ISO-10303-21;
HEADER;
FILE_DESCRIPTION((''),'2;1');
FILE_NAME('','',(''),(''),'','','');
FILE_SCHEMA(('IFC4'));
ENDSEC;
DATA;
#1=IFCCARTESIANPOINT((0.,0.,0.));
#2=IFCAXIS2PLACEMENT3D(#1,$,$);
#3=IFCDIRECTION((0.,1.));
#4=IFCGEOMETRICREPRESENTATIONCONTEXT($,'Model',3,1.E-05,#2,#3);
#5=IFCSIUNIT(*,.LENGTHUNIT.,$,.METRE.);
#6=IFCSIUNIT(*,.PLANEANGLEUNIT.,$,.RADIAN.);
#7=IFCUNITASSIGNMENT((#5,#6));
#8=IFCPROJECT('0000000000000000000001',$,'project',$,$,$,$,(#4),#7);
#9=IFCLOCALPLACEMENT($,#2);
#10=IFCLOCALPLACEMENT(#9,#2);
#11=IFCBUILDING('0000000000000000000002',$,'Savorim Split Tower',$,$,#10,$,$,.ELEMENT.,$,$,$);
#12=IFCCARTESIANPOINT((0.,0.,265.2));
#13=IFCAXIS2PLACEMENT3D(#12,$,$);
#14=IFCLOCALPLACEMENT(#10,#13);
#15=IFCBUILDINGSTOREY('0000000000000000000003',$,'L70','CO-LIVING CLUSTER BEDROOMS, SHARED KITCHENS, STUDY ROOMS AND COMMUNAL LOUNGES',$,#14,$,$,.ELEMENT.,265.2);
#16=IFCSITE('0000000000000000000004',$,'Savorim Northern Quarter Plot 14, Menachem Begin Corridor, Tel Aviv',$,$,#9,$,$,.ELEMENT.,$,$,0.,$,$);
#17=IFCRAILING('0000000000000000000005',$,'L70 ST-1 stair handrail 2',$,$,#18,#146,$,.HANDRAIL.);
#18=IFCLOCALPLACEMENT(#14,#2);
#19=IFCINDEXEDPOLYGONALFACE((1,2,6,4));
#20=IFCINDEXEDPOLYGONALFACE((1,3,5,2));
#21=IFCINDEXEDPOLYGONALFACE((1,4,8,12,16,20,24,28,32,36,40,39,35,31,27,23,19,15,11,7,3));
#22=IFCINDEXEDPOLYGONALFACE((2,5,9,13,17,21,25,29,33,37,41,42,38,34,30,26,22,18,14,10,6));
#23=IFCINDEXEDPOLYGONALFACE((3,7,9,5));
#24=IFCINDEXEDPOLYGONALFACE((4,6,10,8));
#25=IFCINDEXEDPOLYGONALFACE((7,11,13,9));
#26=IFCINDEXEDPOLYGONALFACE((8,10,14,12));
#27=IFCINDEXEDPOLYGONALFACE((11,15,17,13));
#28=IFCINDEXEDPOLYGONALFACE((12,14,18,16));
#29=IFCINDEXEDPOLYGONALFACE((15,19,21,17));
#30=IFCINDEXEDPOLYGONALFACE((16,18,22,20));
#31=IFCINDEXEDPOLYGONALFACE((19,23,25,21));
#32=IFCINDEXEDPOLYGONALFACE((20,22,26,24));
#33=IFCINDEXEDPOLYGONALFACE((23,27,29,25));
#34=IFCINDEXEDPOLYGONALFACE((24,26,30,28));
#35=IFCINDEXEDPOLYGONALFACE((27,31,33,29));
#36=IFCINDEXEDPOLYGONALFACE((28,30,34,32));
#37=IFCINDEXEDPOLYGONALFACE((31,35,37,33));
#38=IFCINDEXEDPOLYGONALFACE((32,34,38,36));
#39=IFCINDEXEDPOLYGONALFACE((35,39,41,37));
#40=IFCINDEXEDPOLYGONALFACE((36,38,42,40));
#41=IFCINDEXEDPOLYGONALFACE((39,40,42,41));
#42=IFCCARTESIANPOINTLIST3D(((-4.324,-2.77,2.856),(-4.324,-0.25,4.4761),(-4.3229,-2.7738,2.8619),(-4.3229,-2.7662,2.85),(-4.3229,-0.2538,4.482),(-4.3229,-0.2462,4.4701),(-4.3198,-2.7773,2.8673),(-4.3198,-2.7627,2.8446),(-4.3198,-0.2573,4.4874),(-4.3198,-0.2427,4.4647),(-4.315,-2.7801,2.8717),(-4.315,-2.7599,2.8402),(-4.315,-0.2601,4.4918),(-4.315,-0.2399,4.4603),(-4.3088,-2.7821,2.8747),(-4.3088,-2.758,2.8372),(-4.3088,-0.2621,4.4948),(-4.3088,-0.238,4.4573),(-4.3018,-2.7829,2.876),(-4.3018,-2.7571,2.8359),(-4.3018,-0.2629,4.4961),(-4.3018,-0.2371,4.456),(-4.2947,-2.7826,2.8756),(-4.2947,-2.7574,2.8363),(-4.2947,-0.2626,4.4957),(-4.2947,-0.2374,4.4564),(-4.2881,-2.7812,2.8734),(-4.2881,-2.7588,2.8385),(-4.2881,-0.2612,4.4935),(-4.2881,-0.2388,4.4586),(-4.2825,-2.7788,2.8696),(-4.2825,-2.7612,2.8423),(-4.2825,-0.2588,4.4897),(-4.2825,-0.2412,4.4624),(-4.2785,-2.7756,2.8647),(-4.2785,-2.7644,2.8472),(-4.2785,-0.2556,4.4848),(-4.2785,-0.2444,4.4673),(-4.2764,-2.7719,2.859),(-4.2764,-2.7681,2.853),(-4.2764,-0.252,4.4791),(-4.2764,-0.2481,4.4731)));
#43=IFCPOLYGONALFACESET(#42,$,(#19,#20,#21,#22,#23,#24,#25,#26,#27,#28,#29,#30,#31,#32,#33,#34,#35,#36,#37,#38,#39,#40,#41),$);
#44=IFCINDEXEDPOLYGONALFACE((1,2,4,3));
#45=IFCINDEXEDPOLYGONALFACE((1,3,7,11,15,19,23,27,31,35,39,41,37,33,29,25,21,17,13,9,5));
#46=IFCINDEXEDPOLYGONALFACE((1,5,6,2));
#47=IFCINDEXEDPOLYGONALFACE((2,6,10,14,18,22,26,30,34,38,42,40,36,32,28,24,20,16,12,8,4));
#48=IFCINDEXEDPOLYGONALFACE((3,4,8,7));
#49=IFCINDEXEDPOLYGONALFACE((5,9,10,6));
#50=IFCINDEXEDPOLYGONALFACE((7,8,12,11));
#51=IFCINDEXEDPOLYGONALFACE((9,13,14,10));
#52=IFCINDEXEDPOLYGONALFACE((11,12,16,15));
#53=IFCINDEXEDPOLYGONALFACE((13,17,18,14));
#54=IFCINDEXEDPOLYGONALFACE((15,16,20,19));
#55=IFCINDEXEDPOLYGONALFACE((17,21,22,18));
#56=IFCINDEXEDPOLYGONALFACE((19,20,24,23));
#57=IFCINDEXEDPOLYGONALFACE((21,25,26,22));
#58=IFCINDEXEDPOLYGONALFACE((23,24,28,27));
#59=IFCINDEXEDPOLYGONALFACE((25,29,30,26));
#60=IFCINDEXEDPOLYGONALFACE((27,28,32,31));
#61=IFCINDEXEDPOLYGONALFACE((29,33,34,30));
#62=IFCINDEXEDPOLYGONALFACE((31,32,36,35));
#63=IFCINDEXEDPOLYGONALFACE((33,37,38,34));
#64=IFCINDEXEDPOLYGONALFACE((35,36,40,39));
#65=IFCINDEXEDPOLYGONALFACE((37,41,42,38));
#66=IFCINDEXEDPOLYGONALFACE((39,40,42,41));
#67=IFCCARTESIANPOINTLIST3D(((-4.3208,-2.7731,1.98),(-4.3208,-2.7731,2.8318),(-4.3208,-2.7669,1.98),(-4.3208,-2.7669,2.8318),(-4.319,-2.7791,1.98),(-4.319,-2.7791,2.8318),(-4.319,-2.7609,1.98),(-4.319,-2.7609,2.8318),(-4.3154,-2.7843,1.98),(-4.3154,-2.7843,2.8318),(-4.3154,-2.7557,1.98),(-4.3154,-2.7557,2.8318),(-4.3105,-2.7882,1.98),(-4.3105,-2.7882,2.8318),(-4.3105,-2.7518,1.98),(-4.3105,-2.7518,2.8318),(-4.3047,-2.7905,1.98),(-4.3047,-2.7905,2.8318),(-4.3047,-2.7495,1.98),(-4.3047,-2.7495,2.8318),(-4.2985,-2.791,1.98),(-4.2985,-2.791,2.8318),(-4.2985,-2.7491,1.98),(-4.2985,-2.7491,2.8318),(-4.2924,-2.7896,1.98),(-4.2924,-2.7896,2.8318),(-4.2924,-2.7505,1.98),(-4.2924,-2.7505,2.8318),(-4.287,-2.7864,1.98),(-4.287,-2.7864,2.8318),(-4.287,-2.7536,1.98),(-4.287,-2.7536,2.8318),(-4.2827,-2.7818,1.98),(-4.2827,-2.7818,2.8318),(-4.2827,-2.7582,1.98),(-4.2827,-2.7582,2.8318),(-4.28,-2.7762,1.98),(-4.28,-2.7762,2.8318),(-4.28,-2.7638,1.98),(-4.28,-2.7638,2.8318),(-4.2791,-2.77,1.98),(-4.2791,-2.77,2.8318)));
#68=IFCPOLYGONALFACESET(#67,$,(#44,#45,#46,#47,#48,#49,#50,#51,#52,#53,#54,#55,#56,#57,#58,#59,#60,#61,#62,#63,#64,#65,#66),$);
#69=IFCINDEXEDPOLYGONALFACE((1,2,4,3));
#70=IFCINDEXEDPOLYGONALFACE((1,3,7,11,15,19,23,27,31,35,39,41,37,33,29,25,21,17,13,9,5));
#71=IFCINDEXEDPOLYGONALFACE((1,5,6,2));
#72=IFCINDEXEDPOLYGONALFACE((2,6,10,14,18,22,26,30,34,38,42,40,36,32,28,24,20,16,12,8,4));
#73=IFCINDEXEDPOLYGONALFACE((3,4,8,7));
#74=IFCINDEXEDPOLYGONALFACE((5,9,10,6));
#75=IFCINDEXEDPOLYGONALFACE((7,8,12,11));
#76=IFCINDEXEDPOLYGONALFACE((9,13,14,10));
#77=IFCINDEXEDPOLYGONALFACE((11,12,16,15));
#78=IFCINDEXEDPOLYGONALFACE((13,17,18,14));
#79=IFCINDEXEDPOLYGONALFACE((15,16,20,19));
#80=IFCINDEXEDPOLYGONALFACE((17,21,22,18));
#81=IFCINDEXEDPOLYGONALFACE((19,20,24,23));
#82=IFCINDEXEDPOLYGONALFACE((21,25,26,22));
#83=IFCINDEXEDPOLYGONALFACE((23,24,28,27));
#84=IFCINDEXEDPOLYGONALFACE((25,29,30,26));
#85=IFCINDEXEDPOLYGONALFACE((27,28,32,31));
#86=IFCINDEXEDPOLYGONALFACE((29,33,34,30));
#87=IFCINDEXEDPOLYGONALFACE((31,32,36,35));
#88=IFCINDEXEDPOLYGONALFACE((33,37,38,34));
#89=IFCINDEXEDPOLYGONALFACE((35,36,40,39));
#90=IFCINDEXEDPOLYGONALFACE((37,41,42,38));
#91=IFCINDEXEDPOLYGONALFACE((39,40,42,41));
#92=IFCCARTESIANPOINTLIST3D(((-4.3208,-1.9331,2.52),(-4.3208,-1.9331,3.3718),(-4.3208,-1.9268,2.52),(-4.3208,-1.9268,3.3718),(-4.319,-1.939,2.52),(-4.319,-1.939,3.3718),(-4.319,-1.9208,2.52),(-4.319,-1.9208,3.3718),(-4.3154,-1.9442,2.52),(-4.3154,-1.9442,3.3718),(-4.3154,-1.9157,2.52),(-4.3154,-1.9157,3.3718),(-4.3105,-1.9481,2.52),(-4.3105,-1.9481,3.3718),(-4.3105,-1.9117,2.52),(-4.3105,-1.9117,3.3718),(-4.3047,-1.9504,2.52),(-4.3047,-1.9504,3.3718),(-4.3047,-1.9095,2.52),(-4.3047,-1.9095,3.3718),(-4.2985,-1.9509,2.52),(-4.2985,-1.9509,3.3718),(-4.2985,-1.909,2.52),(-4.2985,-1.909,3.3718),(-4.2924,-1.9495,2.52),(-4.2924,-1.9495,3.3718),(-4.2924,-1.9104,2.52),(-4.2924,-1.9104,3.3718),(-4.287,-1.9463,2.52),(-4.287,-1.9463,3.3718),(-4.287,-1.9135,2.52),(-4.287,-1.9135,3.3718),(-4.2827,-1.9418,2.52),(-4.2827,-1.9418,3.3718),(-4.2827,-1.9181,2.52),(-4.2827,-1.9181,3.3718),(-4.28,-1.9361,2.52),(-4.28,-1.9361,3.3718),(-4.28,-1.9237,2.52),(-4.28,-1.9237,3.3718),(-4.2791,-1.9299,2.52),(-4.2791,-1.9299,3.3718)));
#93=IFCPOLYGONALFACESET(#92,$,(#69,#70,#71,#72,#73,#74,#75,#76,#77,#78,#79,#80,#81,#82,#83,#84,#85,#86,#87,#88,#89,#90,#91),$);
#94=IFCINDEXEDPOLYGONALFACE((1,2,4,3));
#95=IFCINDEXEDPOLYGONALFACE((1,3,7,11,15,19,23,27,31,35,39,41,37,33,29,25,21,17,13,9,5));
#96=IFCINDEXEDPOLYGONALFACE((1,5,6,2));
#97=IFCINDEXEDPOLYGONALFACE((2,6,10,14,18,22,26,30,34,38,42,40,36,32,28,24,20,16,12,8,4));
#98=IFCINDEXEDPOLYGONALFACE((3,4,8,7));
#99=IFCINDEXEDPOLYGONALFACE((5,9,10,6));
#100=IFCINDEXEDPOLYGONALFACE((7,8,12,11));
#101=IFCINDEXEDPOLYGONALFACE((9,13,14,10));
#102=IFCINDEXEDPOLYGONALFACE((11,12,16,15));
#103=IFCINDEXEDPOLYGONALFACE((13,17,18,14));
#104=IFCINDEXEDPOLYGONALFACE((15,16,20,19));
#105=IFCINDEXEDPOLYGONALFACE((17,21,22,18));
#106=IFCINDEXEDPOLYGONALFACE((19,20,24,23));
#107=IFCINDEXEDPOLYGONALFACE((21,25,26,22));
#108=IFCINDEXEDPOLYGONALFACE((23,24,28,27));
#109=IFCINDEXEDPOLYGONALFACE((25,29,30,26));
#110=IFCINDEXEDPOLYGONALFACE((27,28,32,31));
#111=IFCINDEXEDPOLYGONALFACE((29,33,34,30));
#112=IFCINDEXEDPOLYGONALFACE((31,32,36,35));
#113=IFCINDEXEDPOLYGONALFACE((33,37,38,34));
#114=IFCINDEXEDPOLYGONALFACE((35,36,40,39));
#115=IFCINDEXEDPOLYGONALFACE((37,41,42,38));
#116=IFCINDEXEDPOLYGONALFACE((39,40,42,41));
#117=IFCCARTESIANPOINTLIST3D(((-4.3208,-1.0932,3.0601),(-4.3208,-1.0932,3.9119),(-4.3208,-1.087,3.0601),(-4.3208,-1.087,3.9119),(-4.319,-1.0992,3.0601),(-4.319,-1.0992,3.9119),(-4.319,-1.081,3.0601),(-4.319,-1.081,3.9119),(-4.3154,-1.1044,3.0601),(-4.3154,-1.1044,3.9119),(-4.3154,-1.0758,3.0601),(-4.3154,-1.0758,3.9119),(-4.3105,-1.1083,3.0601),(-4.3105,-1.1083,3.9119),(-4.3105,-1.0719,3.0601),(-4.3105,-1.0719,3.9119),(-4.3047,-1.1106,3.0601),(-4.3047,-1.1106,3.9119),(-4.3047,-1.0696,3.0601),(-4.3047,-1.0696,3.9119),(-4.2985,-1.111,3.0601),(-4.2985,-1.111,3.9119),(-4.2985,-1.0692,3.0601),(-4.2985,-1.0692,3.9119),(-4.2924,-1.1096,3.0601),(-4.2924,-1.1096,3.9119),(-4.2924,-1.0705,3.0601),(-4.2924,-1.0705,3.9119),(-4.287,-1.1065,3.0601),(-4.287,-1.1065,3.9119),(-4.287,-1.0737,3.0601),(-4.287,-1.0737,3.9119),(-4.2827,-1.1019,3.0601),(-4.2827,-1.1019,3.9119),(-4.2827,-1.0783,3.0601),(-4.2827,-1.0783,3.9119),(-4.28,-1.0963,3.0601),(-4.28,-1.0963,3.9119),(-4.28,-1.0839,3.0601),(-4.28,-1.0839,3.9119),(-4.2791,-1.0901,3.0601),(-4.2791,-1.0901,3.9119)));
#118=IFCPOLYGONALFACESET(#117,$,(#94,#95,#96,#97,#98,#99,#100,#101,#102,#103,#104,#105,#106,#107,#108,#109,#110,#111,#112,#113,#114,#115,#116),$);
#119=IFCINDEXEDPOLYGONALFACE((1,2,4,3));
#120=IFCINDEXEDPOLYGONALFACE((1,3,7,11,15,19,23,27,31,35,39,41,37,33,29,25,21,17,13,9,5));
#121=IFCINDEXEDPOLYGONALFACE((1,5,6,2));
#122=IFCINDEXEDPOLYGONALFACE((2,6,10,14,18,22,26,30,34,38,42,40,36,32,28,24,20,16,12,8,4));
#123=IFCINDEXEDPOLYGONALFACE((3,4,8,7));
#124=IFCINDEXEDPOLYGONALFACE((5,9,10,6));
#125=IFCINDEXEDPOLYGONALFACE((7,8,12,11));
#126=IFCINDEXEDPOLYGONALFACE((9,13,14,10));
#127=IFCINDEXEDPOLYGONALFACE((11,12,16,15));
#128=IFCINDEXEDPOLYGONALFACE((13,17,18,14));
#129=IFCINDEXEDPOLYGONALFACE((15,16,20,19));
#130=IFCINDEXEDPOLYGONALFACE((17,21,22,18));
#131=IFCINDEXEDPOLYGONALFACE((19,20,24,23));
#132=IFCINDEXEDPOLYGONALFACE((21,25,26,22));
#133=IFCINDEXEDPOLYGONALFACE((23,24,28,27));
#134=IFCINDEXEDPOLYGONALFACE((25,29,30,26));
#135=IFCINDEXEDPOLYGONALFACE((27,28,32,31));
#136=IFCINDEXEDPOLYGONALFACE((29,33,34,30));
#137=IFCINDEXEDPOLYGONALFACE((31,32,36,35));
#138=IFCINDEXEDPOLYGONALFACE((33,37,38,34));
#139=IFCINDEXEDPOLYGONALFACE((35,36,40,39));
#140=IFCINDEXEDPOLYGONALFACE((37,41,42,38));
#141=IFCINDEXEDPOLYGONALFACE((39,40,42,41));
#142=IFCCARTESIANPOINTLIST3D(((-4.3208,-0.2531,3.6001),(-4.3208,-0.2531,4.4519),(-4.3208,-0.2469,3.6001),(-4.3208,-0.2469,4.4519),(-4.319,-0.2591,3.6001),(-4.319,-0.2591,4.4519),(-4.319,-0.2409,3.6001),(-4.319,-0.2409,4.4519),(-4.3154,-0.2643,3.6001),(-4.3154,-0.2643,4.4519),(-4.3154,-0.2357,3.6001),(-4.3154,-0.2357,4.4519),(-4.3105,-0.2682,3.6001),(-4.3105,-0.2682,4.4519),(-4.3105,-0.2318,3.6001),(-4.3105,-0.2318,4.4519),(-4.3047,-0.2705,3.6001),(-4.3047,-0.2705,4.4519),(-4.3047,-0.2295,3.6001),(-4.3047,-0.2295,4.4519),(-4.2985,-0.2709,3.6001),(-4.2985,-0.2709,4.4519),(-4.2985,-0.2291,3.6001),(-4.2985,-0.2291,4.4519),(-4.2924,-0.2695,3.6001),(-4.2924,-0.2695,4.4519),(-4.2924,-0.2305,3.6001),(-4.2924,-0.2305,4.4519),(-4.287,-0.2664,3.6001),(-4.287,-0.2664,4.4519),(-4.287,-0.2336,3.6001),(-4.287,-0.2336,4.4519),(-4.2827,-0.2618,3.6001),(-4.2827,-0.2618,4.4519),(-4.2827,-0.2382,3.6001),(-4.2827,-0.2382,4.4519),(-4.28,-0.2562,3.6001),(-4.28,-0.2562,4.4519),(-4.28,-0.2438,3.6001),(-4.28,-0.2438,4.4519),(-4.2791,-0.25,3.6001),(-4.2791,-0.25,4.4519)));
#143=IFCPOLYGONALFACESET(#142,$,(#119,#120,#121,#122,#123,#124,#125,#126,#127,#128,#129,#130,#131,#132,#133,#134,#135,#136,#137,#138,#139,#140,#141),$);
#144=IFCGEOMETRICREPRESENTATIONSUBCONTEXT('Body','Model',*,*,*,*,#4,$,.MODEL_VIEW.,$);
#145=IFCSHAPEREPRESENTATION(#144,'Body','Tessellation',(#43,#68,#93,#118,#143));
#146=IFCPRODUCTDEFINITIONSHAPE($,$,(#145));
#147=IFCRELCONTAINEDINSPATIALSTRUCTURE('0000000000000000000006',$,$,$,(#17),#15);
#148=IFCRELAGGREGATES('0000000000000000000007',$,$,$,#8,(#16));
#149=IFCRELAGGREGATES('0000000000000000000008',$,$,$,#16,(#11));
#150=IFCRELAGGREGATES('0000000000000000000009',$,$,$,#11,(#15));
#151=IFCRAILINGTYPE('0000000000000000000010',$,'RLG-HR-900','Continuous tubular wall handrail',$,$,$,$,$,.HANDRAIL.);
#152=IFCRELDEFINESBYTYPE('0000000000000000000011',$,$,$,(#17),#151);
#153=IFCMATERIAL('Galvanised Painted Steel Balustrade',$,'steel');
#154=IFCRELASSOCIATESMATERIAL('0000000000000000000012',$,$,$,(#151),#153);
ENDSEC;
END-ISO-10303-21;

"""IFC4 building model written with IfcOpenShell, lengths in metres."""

from ifc_helpers import new_model, si_unit, direction, frame, origin, origin_2d, place, context, subcontext, project, spatial, circle, extrude, material, type_object, element, save


model = new_model("IFC4")

# Units and contexts
model_context = context("Model", 3, precision=1e-05, world=origin(), true_north=direction((0.0, 1.0)))
body_context = subcontext(model_context, "Body", "Model", "MODEL_VIEW")
ifc_project = project(units=[si_unit("LENGTHUNIT", "METRE"), si_unit("PLANEANGLEUNIT", "RADIAN")], contexts=[model_context])

# Site, building, storey
site_placement = place(None, origin())
site = spatial("IfcSite", under=ifc_project, at=site_placement, Name="Savorim Northern Quarter Plot 14, Menachem Begin Corridor, Tel Aviv", CompositionType="ELEMENT", RefElevation=0.0)
building_placement = place(site_placement, origin())
building = spatial("IfcBuilding", under=site, at=building_placement, Name="Savorim Split Tower", CompositionType="ELEMENT")
storey_placement = place(building_placement, frame((0.0, 0.0, 265.2)))
storey = spatial("IfcBuildingStorey", under=building, at=storey_placement, Name="L70", Description="CO-LIVING CLUSTER BEDROOMS, SHARED KITCHENS, STUDY ROOMS AND COMMUNAL LOUNGES", CompositionType="ELEMENT", Elevation=265.2)

# Railing
ifc_material_1 = material(Name="Galvanised Painted Steel Balustrade", Category="steel")
railing_type_1 = type_object("IfcRailingType", Name="RLG-HR-900", Description="Continuous tubular wall handrail", PredefinedType="HANDRAIL", material=ifc_material_1)
railing_1_placement = place(storey_placement, frame((-4.3, -2.77, 1.98)))
element("IfcRailing", 1, at=railing_1_placement, inside=storey, type_object=railing_type_1, Name="L70 ST-1 stair handrail 2", PredefinedType="HANDRAIL", context=body_context, shape_type="SweptSolid", body=[
    extrude(circle(Radius=0.0239, at=origin_2d()), frame((0.0, 0.0, 0.876), z_axis=(0.0, 0.841163, 0.540782), x_axis=(-1.0, 0.0, 0.0)), (0.0, 0.0, 1.0), 2.9958),
    extrude(circle(Radius=0.021, at=origin_2d()), origin(), (0.0, 0.0, 1.0), 0.8518),
    extrude(circle(Radius=0.021, at=origin_2d()), frame((0.0, 0.8401, 0.54)), (0.0, 0.0, 1.0), 0.8518),
    extrude(circle(Radius=0.021, at=origin_2d()), frame((0.0, 1.6799, 1.0801)), (0.0, 0.0, 1.0), 0.8518),
    extrude(circle(Radius=0.021, at=origin_2d()), frame((0.0, 2.52, 1.6201)), (0.0, 0.0, 1.0), 0.8518),
])

save(model, "model.ifc")
